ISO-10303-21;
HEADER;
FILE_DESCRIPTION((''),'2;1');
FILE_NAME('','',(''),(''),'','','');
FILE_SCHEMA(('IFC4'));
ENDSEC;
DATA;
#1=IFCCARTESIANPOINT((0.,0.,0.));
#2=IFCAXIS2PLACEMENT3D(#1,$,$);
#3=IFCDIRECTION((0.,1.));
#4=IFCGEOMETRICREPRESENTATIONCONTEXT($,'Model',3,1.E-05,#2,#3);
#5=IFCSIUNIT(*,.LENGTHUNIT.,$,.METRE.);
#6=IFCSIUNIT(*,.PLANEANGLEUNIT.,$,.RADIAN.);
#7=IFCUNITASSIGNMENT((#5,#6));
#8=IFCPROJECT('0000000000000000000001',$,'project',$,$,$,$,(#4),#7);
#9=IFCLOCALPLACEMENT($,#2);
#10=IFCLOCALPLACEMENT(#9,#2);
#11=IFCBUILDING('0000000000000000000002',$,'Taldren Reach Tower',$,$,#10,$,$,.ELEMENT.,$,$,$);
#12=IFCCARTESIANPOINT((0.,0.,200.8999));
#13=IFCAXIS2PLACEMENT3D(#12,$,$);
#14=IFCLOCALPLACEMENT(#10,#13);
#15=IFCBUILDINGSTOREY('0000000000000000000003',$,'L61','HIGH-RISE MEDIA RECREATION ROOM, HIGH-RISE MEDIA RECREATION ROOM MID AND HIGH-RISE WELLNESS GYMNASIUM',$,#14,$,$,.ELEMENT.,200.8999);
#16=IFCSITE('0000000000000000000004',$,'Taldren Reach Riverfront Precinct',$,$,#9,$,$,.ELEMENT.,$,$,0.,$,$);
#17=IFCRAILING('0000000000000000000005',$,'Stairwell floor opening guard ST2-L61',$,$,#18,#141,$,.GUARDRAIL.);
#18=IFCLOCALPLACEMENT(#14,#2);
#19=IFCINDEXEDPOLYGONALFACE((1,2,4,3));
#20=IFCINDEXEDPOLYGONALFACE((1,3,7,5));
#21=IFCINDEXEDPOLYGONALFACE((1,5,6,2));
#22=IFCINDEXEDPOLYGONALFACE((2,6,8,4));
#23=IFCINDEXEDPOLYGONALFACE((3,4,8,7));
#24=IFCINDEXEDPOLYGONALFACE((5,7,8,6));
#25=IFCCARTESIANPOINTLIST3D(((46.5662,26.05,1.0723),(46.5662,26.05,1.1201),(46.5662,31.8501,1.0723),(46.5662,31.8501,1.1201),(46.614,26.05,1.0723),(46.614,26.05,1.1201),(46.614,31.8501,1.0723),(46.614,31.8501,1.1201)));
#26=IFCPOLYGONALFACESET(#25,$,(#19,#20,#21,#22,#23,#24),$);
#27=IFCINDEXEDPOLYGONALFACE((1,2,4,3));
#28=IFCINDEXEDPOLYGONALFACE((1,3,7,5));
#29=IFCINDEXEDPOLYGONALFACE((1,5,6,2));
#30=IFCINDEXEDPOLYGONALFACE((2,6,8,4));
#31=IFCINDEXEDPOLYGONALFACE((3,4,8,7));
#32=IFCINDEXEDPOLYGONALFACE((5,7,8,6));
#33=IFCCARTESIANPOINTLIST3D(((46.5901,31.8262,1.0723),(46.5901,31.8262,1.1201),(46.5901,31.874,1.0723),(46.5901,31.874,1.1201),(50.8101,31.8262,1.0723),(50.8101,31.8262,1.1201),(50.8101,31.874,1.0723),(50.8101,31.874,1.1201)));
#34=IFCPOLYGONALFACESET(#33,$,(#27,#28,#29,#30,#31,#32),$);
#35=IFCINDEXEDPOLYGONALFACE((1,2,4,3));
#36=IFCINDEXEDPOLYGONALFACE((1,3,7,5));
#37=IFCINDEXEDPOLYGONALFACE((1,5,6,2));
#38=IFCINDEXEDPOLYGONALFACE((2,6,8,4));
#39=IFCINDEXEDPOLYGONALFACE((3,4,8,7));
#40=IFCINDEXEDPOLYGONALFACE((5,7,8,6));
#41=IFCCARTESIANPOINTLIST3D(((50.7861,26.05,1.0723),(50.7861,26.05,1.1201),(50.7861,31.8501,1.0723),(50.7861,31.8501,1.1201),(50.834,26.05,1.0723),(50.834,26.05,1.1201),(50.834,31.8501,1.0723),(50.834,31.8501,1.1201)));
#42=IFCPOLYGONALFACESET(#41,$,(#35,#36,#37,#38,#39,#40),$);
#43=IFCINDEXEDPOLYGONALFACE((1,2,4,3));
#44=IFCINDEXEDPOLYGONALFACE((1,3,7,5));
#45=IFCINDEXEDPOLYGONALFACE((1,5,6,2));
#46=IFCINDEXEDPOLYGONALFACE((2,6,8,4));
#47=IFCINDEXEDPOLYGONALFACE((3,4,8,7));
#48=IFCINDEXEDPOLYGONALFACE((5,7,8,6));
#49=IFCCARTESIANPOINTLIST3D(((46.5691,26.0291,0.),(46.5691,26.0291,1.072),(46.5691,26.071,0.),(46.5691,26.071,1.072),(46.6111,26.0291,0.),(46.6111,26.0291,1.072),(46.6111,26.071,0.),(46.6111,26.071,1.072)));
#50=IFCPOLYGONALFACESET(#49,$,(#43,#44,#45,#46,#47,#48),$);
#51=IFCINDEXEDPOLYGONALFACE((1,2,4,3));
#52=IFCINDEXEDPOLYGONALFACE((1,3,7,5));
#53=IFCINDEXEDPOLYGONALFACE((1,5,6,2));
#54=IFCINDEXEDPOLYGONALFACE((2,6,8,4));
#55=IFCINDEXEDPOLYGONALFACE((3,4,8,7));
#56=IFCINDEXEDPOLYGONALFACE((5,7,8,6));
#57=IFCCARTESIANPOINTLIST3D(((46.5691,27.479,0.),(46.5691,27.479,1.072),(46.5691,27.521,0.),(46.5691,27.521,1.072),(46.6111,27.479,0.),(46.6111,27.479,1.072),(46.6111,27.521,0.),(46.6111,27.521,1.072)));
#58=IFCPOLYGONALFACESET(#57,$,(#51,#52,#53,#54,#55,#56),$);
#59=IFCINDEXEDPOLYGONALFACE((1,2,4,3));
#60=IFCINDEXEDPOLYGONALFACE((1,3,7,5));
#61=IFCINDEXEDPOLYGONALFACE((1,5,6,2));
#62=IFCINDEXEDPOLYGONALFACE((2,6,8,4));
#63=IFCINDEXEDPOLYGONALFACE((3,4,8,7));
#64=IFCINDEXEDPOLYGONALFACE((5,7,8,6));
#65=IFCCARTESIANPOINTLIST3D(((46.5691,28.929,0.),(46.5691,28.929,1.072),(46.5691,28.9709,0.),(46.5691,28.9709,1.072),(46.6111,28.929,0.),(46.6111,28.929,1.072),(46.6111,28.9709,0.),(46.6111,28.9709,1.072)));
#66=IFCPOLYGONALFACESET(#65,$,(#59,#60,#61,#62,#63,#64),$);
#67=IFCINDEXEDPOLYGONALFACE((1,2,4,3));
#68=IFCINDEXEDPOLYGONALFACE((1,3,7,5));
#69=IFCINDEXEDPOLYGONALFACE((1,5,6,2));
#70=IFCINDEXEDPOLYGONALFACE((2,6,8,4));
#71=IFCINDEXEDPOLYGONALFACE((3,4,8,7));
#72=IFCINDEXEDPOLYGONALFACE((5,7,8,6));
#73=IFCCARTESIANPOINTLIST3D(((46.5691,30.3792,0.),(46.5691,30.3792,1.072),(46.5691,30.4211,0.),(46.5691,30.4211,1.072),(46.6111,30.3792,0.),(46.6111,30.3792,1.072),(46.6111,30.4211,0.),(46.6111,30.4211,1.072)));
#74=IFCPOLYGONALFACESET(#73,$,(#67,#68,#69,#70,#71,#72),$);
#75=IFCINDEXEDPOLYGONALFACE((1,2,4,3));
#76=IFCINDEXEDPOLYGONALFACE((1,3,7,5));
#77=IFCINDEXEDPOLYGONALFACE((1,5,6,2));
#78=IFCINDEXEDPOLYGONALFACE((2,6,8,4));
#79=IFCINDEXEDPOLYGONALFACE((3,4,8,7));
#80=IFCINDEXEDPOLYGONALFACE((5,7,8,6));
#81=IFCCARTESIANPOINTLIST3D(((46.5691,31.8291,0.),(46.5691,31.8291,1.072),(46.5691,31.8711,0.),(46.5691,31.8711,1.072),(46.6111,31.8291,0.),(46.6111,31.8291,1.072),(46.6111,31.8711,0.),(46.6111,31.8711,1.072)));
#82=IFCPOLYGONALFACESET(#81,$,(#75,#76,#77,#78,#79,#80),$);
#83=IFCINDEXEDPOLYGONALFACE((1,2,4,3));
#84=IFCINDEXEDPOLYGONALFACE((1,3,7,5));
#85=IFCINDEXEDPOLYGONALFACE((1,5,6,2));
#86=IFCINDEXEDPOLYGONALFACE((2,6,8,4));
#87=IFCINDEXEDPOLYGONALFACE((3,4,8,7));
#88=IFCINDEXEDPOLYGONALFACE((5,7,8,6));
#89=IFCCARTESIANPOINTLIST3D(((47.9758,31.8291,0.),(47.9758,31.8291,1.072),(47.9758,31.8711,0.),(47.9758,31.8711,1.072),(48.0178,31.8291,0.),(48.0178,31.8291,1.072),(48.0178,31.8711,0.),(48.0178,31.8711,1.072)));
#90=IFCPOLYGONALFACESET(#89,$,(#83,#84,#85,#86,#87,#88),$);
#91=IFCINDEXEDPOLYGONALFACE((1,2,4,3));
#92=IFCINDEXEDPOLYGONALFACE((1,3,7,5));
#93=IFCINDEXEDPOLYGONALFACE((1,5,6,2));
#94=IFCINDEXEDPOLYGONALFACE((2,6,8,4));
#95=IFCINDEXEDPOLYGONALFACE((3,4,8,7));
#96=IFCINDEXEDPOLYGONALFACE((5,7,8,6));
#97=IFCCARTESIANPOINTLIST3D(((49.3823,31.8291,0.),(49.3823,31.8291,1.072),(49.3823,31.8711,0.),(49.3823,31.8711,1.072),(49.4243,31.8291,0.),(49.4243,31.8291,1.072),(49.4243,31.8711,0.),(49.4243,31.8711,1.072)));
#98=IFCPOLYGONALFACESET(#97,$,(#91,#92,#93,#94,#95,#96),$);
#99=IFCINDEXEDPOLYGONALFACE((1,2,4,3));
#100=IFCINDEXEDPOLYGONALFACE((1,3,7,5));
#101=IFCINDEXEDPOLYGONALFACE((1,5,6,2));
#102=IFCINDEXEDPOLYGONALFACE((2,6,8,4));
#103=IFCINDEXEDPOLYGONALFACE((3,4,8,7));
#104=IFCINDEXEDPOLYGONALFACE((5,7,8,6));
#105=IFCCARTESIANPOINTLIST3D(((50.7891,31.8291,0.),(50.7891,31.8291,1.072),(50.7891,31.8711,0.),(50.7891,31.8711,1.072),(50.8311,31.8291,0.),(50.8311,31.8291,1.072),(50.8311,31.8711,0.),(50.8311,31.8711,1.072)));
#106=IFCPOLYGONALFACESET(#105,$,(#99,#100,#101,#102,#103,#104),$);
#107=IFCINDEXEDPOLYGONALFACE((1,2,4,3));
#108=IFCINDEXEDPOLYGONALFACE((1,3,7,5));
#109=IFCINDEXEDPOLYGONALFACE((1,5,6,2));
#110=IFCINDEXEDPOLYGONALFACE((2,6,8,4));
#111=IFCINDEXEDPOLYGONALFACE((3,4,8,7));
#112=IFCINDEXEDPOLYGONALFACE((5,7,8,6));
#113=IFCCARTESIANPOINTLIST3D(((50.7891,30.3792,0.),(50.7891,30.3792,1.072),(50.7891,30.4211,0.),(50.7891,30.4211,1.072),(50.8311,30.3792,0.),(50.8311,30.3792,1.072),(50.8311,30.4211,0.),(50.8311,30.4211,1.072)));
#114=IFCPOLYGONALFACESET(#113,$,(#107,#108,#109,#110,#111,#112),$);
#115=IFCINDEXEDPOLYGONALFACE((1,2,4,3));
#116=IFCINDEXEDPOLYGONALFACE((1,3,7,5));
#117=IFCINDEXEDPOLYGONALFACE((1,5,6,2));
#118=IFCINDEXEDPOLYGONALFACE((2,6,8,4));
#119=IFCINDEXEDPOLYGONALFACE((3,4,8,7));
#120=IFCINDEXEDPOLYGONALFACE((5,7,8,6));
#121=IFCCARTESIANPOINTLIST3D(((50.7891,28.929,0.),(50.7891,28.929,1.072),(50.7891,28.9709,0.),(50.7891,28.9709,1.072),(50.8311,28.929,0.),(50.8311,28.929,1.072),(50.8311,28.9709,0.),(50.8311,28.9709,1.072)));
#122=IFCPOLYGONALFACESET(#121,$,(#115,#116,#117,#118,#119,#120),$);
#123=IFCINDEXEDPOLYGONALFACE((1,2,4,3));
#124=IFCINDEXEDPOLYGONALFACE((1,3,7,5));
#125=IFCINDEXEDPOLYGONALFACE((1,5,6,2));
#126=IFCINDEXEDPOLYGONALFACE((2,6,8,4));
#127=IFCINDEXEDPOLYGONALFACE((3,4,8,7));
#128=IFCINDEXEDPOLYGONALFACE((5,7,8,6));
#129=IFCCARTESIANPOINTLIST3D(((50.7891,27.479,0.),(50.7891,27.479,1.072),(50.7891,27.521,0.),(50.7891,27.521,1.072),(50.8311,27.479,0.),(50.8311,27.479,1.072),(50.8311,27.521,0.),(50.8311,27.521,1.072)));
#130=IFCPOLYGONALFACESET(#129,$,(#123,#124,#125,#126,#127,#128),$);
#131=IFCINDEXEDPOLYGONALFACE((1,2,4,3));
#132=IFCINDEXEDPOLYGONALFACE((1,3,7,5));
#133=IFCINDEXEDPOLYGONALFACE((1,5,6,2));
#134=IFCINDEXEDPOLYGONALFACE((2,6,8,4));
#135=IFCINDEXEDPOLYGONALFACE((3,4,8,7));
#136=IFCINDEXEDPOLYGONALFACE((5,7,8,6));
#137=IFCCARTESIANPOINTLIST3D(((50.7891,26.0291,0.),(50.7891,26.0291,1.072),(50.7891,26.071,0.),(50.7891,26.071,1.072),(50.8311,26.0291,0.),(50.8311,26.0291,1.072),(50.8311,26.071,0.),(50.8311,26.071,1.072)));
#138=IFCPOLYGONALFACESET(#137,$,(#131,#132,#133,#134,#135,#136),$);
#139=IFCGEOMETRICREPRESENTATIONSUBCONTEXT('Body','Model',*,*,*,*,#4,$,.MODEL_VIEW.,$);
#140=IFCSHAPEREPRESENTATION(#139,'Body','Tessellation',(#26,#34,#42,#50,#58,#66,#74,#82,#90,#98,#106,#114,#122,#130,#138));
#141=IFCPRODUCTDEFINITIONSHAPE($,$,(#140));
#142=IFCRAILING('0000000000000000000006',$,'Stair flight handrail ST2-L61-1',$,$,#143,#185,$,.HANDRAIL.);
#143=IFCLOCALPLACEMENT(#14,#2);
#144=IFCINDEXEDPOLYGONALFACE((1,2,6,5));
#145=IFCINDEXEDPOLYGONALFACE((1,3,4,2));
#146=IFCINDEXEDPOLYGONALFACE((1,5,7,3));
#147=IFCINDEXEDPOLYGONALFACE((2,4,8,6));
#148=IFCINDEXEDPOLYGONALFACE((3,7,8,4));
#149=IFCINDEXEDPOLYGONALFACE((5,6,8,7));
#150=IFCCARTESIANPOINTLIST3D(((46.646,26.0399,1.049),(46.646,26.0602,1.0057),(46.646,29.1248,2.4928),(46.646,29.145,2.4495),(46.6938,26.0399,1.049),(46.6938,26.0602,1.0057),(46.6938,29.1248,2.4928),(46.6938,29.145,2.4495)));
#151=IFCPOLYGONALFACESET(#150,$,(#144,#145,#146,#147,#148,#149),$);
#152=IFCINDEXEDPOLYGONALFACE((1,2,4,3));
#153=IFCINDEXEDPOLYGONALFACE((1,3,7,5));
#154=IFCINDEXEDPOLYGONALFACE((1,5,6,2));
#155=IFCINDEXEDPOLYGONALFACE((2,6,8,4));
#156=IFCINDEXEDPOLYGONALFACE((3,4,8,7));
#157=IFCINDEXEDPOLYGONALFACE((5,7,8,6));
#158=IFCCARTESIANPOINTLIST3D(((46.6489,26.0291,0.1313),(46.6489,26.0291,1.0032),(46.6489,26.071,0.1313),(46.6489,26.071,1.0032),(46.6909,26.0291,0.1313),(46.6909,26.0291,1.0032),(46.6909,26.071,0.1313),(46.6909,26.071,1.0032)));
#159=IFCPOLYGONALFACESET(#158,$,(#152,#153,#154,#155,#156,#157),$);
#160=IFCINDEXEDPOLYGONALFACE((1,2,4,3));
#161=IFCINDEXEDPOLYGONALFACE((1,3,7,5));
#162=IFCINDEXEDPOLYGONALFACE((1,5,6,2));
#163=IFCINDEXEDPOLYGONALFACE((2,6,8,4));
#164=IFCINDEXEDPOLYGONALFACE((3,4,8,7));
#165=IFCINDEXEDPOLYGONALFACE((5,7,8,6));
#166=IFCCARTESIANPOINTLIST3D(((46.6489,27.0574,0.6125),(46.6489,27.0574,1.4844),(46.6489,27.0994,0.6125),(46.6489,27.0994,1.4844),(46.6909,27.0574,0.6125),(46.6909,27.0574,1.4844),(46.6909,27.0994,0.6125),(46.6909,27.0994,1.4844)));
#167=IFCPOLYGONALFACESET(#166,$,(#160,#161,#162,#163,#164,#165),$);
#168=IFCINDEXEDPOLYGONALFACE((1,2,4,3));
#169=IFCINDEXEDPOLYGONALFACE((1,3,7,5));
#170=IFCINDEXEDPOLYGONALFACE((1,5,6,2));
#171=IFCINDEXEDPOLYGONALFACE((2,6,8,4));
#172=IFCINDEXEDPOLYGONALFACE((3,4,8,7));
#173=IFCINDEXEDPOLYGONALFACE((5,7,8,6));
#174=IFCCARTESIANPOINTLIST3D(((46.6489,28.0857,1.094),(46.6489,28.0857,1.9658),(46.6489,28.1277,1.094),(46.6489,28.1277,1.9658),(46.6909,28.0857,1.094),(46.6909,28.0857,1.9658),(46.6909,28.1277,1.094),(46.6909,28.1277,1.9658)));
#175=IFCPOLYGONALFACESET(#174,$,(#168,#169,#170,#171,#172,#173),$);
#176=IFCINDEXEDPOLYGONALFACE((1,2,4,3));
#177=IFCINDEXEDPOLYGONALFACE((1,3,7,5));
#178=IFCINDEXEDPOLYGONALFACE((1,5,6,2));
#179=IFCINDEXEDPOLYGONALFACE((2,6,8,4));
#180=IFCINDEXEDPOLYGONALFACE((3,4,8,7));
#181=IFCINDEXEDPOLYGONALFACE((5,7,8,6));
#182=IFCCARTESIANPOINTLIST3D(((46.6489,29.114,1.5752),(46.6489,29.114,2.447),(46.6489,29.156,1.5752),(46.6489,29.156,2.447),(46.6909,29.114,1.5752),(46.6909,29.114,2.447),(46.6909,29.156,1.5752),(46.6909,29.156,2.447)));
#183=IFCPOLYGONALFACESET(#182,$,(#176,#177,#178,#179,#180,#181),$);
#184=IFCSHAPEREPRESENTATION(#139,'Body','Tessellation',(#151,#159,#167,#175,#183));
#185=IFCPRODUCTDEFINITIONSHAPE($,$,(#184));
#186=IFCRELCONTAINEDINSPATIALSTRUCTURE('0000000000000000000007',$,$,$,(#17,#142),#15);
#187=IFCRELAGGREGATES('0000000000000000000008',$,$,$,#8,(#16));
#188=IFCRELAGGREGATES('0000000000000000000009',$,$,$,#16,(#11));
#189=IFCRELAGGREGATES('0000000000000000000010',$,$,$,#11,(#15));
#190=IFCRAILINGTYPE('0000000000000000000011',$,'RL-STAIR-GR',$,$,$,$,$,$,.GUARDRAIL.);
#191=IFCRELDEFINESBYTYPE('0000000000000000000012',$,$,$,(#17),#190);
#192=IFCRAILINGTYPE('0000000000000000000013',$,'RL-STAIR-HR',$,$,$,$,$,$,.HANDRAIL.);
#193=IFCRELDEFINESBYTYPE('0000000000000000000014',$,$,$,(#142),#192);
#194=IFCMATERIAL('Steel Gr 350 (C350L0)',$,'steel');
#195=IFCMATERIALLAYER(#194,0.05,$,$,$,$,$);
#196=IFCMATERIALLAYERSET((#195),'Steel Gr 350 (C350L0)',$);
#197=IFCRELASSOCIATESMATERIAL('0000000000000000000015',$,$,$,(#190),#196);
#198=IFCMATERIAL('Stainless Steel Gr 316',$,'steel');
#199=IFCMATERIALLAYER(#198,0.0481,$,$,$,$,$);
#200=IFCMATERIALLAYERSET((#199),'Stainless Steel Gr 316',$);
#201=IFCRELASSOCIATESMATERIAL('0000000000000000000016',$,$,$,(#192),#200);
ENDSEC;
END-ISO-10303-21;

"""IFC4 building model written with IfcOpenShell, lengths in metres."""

from ifc_helpers import new_model, si_unit, direction, frame, origin, origin_2d, place, context, subcontext, project, spatial, rectangle, extrude, material, layer, layer_set, type_object, element, save


model = new_model("IFC4")

# Units and contexts
model_context = context("Model", 3, precision=1e-05, world=origin(), true_north=direction((0.0, 1.0)))
body_context = subcontext(model_context, "Body", "Model", "MODEL_VIEW")
ifc_project = project(units=[si_unit("LENGTHUNIT", "METRE"), si_unit("PLANEANGLEUNIT", "RADIAN")], contexts=[model_context])

# Site, building, storey
site_placement = place(None, origin())
site = spatial("IfcSite", under=ifc_project, at=site_placement, Name="Taldren Reach Riverfront Precinct", CompositionType="ELEMENT", RefElevation=0.0)
building_placement = place(site_placement, origin())
building = spatial("IfcBuilding", under=site, at=building_placement, Name="Taldren Reach Tower", CompositionType="ELEMENT")
storey_placement = place(building_placement, frame((0.0, 0.0, 200.8999)))
storey = spatial("IfcBuildingStorey", under=building, at=storey_placement, Name="L61", Description="HIGH-RISE MEDIA RECREATION ROOM, HIGH-RISE MEDIA RECREATION ROOM MID AND HIGH-RISE WELLNESS GYMNASIUM", CompositionType="ELEMENT", Elevation=200.8999)

# Shared definitions
ifc_material_1 = material(Name="Steel Gr 350 (C350L0)", Category="steel")

# Railings
ifc_layer_1 = layer(ifc_material_1, 0.05)
ifc_layer_set_1 = layer_set([ifc_layer_1], Name="Steel Gr 350 (C350L0)")
railing_type_1 = type_object("IfcRailingType", Name="RL-STAIR-GR", PredefinedType="GUARDRAIL", material=ifc_layer_set_1)
railing_1_placement = place(storey_placement, frame((46.5901, 26.05, 0.0)))
element("IfcRailing", 1, at=railing_1_placement, inside=storey, type_object=railing_type_1, Name="Stairwell floor opening guard ST2-L61", PredefinedType="GUARDRAIL", context=body_context, shape_type="SweptSolid", body=[
    extrude(rectangle(XDim=0.0479, YDim=0.0479, at=origin_2d()), frame((0.0, 0.0, 1.0962), z_axis=(0.0, 1.0, 0.0), x_axis=(-1.0, 0.0, 0.0)), (0.0, 0.0, 1.0), 5.8),
    extrude(rectangle(XDim=0.0479, YDim=0.0479, at=origin_2d()), frame((0.0, 5.8, 1.0962), z_axis=(1.0, 0.0, 0.0), x_axis=(0.0, 1.0, 0.0)), (0.0, 0.0, 1.0), 4.22),
    extrude(rectangle(XDim=0.0479, YDim=0.0479, at=origin_2d()), frame((4.22, 5.8, 1.0962), z_axis=(0.0, -1.0, 0.0), x_axis=(1.0, 0.0, 0.0)), (0.0, 0.0, 1.0), 5.8),
    extrude(rectangle(XDim=0.042, YDim=0.042, at=origin_2d()), origin(), (0.0, 0.0, 1.0), 1.072),
    extrude(rectangle(XDim=0.042, YDim=0.042, at=origin_2d()), frame((0.0, 1.45, 0.0)), (0.0, 0.0, 1.0), 1.072),
    extrude(rectangle(XDim=0.042, YDim=0.042, at=origin_2d()), frame((0.0, 2.8999, 0.0)), (0.0, 0.0, 1.0), 1.072),
    extrude(rectangle(XDim=0.042, YDim=0.042, at=origin_2d()), frame((0.0, 4.3501, 0.0)), (0.0, 0.0, 1.0), 1.072),
    extrude(rectangle(XDim=0.042, YDim=0.042, at=origin_2d()), frame((0.0, 5.8, 0.0)), (0.0, 0.0, 1.0), 1.072),
    extrude(rectangle(XDim=0.042, YDim=0.042, at=origin_2d()), frame((1.4067, 5.8, 0.0)), (0.0, 0.0, 1.0), 1.072),
    extrude(rectangle(XDim=0.042, YDim=0.042, at=origin_2d()), frame((2.8132, 5.8, 0.0)), (0.0, 0.0, 1.0), 1.072),
    extrude(rectangle(XDim=0.042, YDim=0.042, at=origin_2d()), frame((4.22, 5.8, 0.0)), (0.0, 0.0, 1.0), 1.072),
    extrude(rectangle(XDim=0.042, YDim=0.042, at=origin_2d()), frame((4.22, 4.3501, 0.0)), (0.0, 0.0, 1.0), 1.072),
    extrude(rectangle(XDim=0.042, YDim=0.042, at=origin_2d()), frame((4.22, 2.8999, 0.0)), (0.0, 0.0, 1.0), 1.072),
    extrude(rectangle(XDim=0.042, YDim=0.042, at=origin_2d()), frame((4.22, 1.45, 0.0)), (0.0, 0.0, 1.0), 1.072),
    extrude(rectangle(XDim=0.042, YDim=0.042, at=origin_2d()), frame((4.22, 0.0, 0.0)), (0.0, 0.0, 1.0), 1.072),
])
ifc_material_2 = material(Name="Stainless Steel Gr 316", Category="steel")
ifc_layer_2 = layer(ifc_material_2, 0.0481)
ifc_layer_set_2 = layer_set([ifc_layer_2], Name="Stainless Steel Gr 316")
railing_type_2 = type_object("IfcRailingType", Name="RL-STAIR-HR", PredefinedType="HANDRAIL", material=ifc_layer_set_2)
railing_2_placement = place(storey_placement, frame((46.6699, 26.05, 0.1313)))
element("IfcRailing", 2, at=railing_2_placement, inside=storey, type_object=railing_type_2, Name="Stair flight handrail ST2-L61-1", PredefinedType="HANDRAIL", context=body_context, shape_type="SweptSolid", body=[
    extrude(rectangle(XDim=0.0479, YDim=0.0479, at=origin_2d()), frame((0.0, 0.0, 0.896), z_axis=(0.0, 0.90571, 0.423898), x_axis=(-1.0, 0.0, 0.0)), (0.0, 0.0, 1.0), 3.406),
    extrude(rectangle(XDim=0.042, YDim=0.042, at=origin_2d()), origin(), (0.0, 0.0, 1.0), 0.8718),
    extrude(rectangle(XDim=0.042, YDim=0.042, at=origin_2d()), frame((0.0, 1.0283, 0.4812)), (0.0, 0.0, 1.0), 0.8718),
    extrude(rectangle(XDim=0.042, YDim=0.042, at=origin_2d()), frame((0.0, 2.0566, 0.9626)), (0.0, 0.0, 1.0), 0.8718),
    extrude(rectangle(XDim=0.042, YDim=0.042, at=origin_2d()), frame((0.0, 3.085, 1.4438)), (0.0, 0.0, 1.0), 0.8718),
])

save(model, "model.ifc")
